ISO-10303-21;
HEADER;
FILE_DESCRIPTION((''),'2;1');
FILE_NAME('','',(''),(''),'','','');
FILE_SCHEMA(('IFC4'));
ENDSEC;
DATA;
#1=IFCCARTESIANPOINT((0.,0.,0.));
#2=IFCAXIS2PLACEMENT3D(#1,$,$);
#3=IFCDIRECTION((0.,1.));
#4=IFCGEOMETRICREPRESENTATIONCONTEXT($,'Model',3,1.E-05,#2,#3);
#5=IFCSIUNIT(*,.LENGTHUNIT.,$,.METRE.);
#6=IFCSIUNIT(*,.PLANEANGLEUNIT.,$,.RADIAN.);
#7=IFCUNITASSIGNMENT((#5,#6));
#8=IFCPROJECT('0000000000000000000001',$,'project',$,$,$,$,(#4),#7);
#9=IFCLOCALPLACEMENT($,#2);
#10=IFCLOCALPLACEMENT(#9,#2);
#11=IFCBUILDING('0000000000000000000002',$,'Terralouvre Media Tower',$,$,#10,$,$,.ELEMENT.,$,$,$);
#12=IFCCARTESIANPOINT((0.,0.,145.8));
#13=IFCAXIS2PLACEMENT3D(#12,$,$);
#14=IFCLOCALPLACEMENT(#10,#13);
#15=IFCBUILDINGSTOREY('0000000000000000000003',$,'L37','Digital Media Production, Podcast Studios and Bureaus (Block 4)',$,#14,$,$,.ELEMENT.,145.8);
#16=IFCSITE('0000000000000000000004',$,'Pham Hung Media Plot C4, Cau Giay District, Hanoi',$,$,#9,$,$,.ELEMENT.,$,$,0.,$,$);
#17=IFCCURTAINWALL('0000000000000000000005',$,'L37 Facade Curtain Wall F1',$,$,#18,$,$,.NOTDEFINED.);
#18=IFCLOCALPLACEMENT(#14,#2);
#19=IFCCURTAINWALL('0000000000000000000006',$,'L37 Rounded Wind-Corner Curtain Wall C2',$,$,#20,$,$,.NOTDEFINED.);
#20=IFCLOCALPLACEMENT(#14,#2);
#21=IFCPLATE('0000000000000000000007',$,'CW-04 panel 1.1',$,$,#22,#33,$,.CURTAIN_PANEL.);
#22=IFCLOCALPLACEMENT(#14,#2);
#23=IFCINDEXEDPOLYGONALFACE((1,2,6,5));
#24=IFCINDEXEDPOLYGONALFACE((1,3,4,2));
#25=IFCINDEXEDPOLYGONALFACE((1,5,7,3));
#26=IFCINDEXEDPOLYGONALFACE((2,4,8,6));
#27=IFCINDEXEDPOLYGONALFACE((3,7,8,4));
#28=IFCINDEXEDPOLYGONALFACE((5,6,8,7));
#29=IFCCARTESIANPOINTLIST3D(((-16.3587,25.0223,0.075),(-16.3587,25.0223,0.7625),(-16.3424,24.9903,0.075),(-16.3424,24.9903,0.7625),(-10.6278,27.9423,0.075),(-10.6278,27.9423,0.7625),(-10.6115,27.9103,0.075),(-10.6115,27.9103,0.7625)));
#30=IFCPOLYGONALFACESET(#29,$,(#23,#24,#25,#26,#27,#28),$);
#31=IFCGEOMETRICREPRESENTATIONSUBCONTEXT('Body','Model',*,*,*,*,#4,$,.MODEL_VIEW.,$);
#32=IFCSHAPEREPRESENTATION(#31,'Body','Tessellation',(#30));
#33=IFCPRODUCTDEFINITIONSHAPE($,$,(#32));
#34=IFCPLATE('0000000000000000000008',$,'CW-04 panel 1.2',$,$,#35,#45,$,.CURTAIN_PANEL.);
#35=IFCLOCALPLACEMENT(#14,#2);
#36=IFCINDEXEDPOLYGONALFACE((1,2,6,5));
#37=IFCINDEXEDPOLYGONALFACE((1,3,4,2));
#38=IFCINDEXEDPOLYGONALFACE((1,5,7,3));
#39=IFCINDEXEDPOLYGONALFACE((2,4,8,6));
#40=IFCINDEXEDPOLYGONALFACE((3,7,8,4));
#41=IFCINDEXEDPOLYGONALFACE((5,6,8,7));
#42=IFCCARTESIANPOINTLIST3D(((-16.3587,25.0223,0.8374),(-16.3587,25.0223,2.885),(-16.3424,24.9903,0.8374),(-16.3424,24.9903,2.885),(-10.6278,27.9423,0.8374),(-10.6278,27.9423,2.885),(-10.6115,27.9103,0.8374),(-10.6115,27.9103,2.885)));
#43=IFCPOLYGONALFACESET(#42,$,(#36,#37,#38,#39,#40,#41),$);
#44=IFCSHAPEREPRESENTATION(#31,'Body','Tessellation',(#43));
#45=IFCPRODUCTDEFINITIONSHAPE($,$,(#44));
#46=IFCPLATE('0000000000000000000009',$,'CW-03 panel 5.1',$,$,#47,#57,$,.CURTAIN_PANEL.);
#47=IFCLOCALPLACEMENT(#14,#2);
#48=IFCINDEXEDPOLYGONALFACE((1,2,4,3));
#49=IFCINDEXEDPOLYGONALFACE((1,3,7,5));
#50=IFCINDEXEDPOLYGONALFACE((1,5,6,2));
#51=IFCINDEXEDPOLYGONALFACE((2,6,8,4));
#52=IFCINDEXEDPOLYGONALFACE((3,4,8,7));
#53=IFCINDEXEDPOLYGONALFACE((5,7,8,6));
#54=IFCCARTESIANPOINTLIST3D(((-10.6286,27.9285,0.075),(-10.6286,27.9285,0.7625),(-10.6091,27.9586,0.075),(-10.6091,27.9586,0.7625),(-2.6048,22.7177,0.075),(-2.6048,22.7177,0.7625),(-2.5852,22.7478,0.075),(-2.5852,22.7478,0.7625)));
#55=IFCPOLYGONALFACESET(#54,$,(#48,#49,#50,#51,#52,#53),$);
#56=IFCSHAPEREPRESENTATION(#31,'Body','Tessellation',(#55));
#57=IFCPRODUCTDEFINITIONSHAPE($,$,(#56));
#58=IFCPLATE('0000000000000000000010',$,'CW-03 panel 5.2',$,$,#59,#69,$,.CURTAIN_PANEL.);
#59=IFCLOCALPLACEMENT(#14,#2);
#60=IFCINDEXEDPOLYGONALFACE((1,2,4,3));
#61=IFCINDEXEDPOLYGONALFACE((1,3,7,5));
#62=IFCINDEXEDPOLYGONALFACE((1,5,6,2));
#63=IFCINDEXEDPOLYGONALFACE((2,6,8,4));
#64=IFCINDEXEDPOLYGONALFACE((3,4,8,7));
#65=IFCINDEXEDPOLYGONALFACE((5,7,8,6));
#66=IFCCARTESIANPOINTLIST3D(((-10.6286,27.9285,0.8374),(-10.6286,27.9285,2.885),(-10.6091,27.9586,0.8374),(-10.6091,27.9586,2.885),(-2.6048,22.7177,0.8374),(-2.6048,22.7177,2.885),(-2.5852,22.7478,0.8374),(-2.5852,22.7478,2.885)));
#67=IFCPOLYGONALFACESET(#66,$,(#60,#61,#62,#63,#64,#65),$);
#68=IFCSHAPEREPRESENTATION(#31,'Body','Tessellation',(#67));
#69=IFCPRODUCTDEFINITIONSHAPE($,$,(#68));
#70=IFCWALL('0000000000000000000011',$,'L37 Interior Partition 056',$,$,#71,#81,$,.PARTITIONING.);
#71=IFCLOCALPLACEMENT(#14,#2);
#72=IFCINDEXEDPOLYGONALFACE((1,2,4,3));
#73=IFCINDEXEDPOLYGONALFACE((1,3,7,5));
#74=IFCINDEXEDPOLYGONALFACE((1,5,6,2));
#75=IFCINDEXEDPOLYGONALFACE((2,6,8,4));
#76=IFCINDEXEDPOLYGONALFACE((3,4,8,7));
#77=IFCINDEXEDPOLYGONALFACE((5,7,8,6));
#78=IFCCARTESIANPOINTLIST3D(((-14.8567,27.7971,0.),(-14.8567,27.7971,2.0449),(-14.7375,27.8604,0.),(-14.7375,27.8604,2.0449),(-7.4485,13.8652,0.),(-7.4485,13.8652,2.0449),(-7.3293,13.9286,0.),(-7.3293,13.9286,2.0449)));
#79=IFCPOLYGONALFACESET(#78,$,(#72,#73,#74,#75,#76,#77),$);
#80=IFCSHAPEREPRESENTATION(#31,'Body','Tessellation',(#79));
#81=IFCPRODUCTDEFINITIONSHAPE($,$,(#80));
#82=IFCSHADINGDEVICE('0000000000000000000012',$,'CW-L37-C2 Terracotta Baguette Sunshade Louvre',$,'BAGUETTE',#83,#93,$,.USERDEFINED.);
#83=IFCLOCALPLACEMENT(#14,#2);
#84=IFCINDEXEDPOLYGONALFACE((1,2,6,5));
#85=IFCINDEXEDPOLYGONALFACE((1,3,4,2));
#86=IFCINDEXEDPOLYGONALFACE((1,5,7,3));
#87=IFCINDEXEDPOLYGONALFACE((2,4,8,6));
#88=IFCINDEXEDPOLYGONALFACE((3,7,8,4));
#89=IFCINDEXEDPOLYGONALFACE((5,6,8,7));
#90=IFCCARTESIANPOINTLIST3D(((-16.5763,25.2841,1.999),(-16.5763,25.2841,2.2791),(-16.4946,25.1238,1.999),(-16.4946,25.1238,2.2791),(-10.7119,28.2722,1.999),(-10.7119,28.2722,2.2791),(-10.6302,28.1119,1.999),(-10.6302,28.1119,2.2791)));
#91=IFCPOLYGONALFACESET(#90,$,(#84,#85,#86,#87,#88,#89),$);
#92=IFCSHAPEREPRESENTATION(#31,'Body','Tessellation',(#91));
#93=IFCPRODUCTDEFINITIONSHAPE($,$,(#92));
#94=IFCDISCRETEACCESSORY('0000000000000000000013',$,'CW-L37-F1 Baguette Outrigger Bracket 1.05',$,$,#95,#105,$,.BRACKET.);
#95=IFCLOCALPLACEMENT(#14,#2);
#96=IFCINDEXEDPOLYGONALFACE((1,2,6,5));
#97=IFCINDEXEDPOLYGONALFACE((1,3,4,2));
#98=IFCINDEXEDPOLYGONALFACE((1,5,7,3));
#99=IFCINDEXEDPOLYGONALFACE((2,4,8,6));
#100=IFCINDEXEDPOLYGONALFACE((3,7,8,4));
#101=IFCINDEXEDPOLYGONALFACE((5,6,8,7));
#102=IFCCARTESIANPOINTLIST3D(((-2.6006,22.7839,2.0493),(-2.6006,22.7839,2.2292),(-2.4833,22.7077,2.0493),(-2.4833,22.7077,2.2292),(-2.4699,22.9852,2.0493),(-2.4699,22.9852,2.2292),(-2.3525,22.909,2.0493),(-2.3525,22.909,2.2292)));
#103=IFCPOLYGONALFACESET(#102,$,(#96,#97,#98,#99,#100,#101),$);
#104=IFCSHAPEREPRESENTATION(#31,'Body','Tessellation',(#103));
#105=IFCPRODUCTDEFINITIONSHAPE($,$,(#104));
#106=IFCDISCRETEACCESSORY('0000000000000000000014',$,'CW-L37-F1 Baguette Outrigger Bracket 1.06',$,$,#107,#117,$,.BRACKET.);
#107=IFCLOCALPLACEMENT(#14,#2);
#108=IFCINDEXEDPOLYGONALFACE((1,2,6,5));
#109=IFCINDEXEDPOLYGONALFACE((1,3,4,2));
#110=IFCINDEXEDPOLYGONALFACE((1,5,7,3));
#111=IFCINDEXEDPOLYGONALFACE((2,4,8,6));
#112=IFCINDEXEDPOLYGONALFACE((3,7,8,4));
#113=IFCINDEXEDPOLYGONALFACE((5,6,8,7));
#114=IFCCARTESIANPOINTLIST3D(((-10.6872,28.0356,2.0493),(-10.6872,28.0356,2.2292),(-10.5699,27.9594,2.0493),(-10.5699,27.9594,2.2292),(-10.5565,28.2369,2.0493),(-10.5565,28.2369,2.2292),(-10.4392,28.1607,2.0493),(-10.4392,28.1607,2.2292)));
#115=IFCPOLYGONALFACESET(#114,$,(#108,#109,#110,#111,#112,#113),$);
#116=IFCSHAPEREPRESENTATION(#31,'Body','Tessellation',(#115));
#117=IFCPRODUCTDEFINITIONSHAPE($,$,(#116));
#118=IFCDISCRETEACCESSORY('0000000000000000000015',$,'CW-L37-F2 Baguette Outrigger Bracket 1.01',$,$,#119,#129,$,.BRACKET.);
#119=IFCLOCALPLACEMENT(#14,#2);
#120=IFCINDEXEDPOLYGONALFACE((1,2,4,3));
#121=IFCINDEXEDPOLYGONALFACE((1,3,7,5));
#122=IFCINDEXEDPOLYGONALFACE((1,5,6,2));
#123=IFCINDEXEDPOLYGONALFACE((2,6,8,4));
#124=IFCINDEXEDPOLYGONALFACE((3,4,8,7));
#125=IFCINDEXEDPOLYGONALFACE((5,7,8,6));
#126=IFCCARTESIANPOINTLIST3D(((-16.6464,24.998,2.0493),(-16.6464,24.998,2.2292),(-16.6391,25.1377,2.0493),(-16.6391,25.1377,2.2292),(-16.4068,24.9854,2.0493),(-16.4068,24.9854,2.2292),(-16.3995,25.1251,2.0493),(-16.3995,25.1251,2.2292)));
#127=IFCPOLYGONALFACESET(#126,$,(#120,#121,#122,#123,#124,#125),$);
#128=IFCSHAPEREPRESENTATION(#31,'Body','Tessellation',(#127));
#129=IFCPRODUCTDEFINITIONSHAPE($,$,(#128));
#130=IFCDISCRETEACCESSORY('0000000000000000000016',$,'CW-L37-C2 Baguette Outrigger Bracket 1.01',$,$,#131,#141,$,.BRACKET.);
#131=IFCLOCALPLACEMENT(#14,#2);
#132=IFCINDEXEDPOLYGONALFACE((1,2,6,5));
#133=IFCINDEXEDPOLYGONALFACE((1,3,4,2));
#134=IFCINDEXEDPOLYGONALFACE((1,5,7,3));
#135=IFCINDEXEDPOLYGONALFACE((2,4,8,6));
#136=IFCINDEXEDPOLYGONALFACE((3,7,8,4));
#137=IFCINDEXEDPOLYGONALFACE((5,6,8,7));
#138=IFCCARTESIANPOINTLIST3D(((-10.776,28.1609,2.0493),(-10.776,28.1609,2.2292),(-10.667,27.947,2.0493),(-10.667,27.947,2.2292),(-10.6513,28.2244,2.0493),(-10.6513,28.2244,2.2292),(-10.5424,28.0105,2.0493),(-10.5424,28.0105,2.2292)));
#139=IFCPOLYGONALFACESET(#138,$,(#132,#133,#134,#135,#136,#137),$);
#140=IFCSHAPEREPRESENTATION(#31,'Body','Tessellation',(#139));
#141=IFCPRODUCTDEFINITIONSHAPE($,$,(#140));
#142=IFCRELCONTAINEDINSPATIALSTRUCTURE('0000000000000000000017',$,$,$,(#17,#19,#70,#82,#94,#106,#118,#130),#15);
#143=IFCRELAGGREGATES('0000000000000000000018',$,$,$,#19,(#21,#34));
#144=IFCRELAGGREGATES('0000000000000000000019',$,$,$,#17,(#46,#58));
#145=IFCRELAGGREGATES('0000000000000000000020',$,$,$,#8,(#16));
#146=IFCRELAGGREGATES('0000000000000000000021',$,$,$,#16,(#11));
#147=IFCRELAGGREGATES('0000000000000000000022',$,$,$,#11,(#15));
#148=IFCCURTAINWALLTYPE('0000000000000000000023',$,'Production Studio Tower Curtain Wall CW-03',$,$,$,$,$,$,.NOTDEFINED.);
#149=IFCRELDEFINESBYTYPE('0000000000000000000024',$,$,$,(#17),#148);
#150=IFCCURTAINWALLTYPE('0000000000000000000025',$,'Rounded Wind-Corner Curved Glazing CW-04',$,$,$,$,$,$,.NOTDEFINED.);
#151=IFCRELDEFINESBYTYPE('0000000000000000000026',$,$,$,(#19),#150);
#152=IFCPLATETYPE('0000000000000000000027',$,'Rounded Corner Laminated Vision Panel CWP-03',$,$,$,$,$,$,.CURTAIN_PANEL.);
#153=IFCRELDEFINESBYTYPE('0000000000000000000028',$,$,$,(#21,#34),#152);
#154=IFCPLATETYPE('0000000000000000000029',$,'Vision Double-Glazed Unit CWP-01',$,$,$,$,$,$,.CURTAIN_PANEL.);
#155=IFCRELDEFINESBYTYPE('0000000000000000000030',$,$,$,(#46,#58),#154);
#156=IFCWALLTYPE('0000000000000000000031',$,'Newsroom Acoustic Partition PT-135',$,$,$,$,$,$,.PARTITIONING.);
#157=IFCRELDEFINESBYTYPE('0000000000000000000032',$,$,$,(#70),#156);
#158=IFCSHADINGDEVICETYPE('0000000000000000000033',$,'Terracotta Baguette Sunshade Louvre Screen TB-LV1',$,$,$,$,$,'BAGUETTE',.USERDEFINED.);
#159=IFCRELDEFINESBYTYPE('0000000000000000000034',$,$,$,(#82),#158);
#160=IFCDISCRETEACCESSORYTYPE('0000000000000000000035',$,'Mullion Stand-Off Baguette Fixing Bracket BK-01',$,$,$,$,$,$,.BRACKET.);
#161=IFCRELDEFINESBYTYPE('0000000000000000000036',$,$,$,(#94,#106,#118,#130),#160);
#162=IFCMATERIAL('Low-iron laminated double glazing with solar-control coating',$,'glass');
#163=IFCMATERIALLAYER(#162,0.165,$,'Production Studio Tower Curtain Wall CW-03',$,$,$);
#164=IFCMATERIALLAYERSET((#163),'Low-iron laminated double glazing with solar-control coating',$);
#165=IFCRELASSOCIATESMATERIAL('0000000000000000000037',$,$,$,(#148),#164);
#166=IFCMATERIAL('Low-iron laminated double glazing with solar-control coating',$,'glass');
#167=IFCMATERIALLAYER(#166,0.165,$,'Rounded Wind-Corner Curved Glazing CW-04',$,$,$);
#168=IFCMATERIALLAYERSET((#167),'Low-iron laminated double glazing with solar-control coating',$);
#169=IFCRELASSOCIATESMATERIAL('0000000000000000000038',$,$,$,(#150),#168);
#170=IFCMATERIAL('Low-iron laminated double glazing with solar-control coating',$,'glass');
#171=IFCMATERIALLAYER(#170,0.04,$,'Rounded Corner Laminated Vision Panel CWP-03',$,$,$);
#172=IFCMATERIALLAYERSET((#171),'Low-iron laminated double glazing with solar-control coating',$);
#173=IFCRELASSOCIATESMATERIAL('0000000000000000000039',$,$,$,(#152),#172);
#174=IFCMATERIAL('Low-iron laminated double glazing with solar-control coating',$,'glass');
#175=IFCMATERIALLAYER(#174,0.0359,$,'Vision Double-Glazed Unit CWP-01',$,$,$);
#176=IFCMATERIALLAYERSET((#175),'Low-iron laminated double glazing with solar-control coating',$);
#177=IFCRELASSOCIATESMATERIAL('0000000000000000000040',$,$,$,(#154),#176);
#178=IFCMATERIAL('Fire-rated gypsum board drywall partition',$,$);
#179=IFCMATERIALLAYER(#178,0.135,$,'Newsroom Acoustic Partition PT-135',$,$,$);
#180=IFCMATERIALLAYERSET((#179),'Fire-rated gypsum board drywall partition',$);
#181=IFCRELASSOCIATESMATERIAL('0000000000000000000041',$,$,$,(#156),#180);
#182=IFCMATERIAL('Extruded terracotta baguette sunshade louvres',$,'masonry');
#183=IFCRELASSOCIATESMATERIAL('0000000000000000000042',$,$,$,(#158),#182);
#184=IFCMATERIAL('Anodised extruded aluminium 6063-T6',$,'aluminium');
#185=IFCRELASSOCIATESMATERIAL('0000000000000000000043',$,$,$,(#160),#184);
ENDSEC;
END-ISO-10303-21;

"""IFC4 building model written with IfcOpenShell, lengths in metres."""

from ifc_helpers import new_model, si_unit, direction, frame, frame_2d, origin, origin_2d, place, context, subcontext, project, spatial, rectangle, extrude, material, layer, layer_set, type_object, element, aggregate, save


model = new_model("IFC4")

# Units and contexts
model_context = context("Model", 3, precision=1e-05, world=origin(), true_north=direction((0.0, 1.0)))
body_context = subcontext(model_context, "Body", "Model", "MODEL_VIEW")
ifc_project = project(units=[si_unit("LENGTHUNIT", "METRE"), si_unit("PLANEANGLEUNIT", "RADIAN")], contexts=[model_context])

# Site, building, storey
site_placement = place(None, origin())
site = spatial("IfcSite", under=ifc_project, at=site_placement, Name="Pham Hung Media Plot C4, Cau Giay District, Hanoi", CompositionType="ELEMENT", RefElevation=0.0)
building_placement = place(site_placement, origin())
building = spatial("IfcBuilding", under=site, at=building_placement, Name="Terralouvre Media Tower", CompositionType="ELEMENT")
storey_placement = place(building_placement, frame((0.0, 0.0, 145.8)))
storey = spatial("IfcBuildingStorey", under=building, at=storey_placement, Name="L37", Description="Digital Media Production, Podcast Studios and Bureaus (Block 4)", CompositionType="ELEMENT", Elevation=145.8)

# Curtain walls
ifc_material_1 = material(Name="Low-iron laminated double glazing with solar-control coating", Category="glass")
ifc_layer_1 = layer(ifc_material_1, 0.165, Name="Production Studio Tower Curtain Wall CW-03")
ifc_layer_set_1 = layer_set([ifc_layer_1], Name="Low-iron laminated double glazing with solar-control coating")
curtain_wall_type_1 = type_object("IfcCurtainWallType", Name="Production Studio Tower Curtain Wall CW-03", PredefinedType="NOTDEFINED", material=ifc_layer_set_1)
curtain_wall_1_placement = place(storey_placement, origin())
curtain_wall_1 = element("IfcCurtainWall", 1, at=curtain_wall_1_placement, inside=storey, type_object=curtain_wall_type_1, Name="L37 Facade Curtain Wall F1", PredefinedType="NOTDEFINED")
ifc_material_2 = material(Name="Low-iron laminated double glazing with solar-control coating", Category="glass")
ifc_layer_2 = layer(ifc_material_2, 0.165, Name="Rounded Wind-Corner Curved Glazing CW-04")
ifc_layer_set_2 = layer_set([ifc_layer_2], Name="Low-iron laminated double glazing with solar-control coating")
curtain_wall_type_2 = type_object("IfcCurtainWallType", Name="Rounded Wind-Corner Curved Glazing CW-04", PredefinedType="NOTDEFINED", material=ifc_layer_set_2)
curtain_wall_2_placement = place(storey_placement, origin())
curtain_wall_2 = element("IfcCurtainWall", 2, at=curtain_wall_2_placement, inside=storey, type_object=curtain_wall_type_2, Name="L37 Rounded Wind-Corner Curtain Wall C2", PredefinedType="NOTDEFINED")

# Plates
ifc_material_3 = material(Name="Low-iron laminated double glazing with solar-control coating", Category="glass")
ifc_layer_3 = layer(ifc_material_3, 0.04, Name="Rounded Corner Laminated Vision Panel CWP-03")
ifc_layer_set_3 = layer_set([ifc_layer_3], Name="Low-iron laminated double glazing with solar-control coating")
plate_type_1 = type_object("IfcPlateType", Name="Rounded Corner Laminated Vision Panel CWP-03", PredefinedType="CURTAIN_PANEL", material=ifc_layer_set_3)
plate_1_placement = place(storey_placement, frame((-13.4851, 26.4663, 0.075), z_axis=(0.0, 0.0, 1.0), x_axis=(-0.891007, -0.45399, 0.0)))
plate_1 = element("IfcPlate", 3, at=plate_1_placement, type_object=plate_type_1, Name="CW-04 panel 1.1", PredefinedType="CURTAIN_PANEL", context=body_context, shape_type="SweptSolid", body=[
    extrude(rectangle(XDim=6.4319, YDim=0.0359, at=origin_2d()), origin(), (0.0, 0.0, 1.0), 0.6875),
])
plate_2_placement = place(storey_placement, frame((-13.4851, 26.4663, 0.8374), z_axis=(0.0, 0.0, 1.0), x_axis=(-0.891007, -0.45399, 0.0)))
plate_2 = element("IfcPlate", 4, at=plate_2_placement, type_object=plate_type_1, Name="CW-04 panel 1.2", PredefinedType="CURTAIN_PANEL", context=body_context, shape_type="SweptSolid", body=[
    extrude(rectangle(XDim=6.4319, YDim=0.0359, at=origin_2d()), origin(), (0.0, 0.0, 1.0), 2.0476),
])
aggregate(curtain_wall_2, [plate_1, plate_2])
ifc_material_4 = material(Name="Low-iron laminated double glazing with solar-control coating", Category="glass")
ifc_layer_4 = layer(ifc_material_4, 0.0359, Name="Vision Double-Glazed Unit CWP-01")
ifc_layer_set_4 = layer_set([ifc_layer_4], Name="Low-iron laminated double glazing with solar-control coating")
plate_type_2 = type_object("IfcPlateType", Name="Vision Double-Glazed Unit CWP-01", PredefinedType="CURTAIN_PANEL", material=ifc_layer_set_4)
plate_3_placement = place(storey_placement, frame((-6.6069, 25.3381, 0.075), z_axis=(0.0, 0.0, 1.0), x_axis=(-0.838671, 0.544639, 0.0)))
plate_3 = element("IfcPlate", 5, at=plate_3_placement, type_object=plate_type_2, Name="CW-03 panel 5.1", PredefinedType="CURTAIN_PANEL", context=body_context, shape_type="SweptSolid", body=[
    extrude(rectangle(XDim=9.5674, YDim=0.0359, at=origin_2d()), origin(), (0.0, 0.0, 1.0), 0.6875),
])
plate_4_placement = place(storey_placement, frame((-6.6069, 25.3381, 0.8374), z_axis=(0.0, 0.0, 1.0), x_axis=(-0.838671, 0.544639, 0.0)))
plate_4 = element("IfcPlate", 6, at=plate_4_placement, type_object=plate_type_2, Name="CW-03 panel 5.2", PredefinedType="CURTAIN_PANEL", context=body_context, shape_type="SweptSolid", body=[
    extrude(rectangle(XDim=9.5674, YDim=0.0359, at=origin_2d()), origin(), (0.0, 0.0, 1.0), 2.0476),
])
aggregate(curtain_wall_1, [plate_3, plate_4])

# Wall
ifc_material_5 = material(Name="Fire-rated gypsum board drywall partition")
ifc_layer_5 = layer(ifc_material_5, 0.135, Name="Newsroom Acoustic Partition PT-135")
ifc_layer_set_5 = layer_set([ifc_layer_5], Name="Fire-rated gypsum board drywall partition")
wall_type = type_object("IfcWallType", Name="Newsroom Acoustic Partition PT-135", PredefinedType="PARTITIONING", material=ifc_layer_set_5)
wall_placement = place(storey_placement, frame((-14.7971, 27.8289, 0.0), z_axis=(0.0, 0.0, 1.0), x_axis=(0.469496, -0.882935, 0.0)))
element("IfcWall", 7, at=wall_placement, inside=storey, type_object=wall_type, Name="L37 Interior Partition 056", PredefinedType="PARTITIONING", context=body_context, shape_type="SweptSolid", body=[
    extrude(rectangle(XDim=15.7791, YDim=0.135, at=frame_2d((7.8896, 0.0))), origin(), (0.0, 0.0, 1.0), 2.0449),
])

# Shading device
ifc_material_6 = material(Name="Extruded terracotta baguette sunshade louvres", Category="masonry")
shading_device_type = type_object("IfcShadingDeviceType", Name="Terracotta Baguette Sunshade Louvre Screen TB-LV1", ElementType="BAGUETTE", PredefinedType="USERDEFINED", material=ifc_material_6)
shading_device_placement = place(storey_placement, frame((-13.6033, 26.698, 1.999), z_axis=(0.0, 0.0, 1.0), x_axis=(-0.891007, -0.45399, 0.0)))
element("IfcShadingDevice", 8, at=shading_device_placement, inside=storey, type_object=shading_device_type, Name="CW-L37-C2 Terracotta Baguette Sunshade Louvre", ObjectType="BAGUETTE", PredefinedType="USERDEFINED", context=body_context, shape_type="SweptSolid", body=[
    extrude(rectangle(XDim=6.5818, YDim=0.1799, at=origin_2d()), origin(), (0.0, 0.0, 1.0), 0.28),
])

# Discrete accessories
ifc_material_7 = material(Name="Anodised extruded aluminium 6063-T6", Category="aluminium")
discrete_accessory_type = type_object("IfcDiscreteAccessoryType", Name="Mullion Stand-Off Baguette Fixing Bracket BK-01", PredefinedType="BRACKET", material=ifc_material_7)
for number, where, z_axis, x_axis, name in (
    (9, (-2.4766, 22.8464, 2.0493), (0.0, 0.0, 1.0), (-0.838671, 0.544639, 0.0), "CW-L37-F1 Baguette Outrigger Bracket 1.05"),
    (10, (-10.5632, 28.0981, 2.0493), (0.0, 0.0, 1.0), (-0.838671, 0.544639, 0.0), "CW-L37-F1 Baguette Outrigger Bracket 1.06"),
    (11, (-16.5229, 25.0615, 2.0493), (0.0, 0.0, 1.0), (-0.052336, -0.99863, 0.0), "CW-L37-F2 Baguette Outrigger Bracket 1.01"),
    (12, (-10.6592, 28.0857, 2.0493), (0.0, 0.0, 1.0), (-0.891007, -0.45399, 0.0), "CW-L37-C2 Baguette Outrigger Bracket 1.01"),
):
    element("IfcDiscreteAccessory", number, at=place(storey_placement, frame(where, z_axis=z_axis, x_axis=x_axis)), inside=storey, type_object=discrete_accessory_type, Name=name, PredefinedType="BRACKET", context=body_context, shape_type="SweptSolid", body=[
        extrude(rectangle(XDim=0.1399, YDim=0.24, at=origin_2d()), origin(), (0.0, 0.0, 1.0), 0.1799),
    ])

save(model, "model.ifc")
